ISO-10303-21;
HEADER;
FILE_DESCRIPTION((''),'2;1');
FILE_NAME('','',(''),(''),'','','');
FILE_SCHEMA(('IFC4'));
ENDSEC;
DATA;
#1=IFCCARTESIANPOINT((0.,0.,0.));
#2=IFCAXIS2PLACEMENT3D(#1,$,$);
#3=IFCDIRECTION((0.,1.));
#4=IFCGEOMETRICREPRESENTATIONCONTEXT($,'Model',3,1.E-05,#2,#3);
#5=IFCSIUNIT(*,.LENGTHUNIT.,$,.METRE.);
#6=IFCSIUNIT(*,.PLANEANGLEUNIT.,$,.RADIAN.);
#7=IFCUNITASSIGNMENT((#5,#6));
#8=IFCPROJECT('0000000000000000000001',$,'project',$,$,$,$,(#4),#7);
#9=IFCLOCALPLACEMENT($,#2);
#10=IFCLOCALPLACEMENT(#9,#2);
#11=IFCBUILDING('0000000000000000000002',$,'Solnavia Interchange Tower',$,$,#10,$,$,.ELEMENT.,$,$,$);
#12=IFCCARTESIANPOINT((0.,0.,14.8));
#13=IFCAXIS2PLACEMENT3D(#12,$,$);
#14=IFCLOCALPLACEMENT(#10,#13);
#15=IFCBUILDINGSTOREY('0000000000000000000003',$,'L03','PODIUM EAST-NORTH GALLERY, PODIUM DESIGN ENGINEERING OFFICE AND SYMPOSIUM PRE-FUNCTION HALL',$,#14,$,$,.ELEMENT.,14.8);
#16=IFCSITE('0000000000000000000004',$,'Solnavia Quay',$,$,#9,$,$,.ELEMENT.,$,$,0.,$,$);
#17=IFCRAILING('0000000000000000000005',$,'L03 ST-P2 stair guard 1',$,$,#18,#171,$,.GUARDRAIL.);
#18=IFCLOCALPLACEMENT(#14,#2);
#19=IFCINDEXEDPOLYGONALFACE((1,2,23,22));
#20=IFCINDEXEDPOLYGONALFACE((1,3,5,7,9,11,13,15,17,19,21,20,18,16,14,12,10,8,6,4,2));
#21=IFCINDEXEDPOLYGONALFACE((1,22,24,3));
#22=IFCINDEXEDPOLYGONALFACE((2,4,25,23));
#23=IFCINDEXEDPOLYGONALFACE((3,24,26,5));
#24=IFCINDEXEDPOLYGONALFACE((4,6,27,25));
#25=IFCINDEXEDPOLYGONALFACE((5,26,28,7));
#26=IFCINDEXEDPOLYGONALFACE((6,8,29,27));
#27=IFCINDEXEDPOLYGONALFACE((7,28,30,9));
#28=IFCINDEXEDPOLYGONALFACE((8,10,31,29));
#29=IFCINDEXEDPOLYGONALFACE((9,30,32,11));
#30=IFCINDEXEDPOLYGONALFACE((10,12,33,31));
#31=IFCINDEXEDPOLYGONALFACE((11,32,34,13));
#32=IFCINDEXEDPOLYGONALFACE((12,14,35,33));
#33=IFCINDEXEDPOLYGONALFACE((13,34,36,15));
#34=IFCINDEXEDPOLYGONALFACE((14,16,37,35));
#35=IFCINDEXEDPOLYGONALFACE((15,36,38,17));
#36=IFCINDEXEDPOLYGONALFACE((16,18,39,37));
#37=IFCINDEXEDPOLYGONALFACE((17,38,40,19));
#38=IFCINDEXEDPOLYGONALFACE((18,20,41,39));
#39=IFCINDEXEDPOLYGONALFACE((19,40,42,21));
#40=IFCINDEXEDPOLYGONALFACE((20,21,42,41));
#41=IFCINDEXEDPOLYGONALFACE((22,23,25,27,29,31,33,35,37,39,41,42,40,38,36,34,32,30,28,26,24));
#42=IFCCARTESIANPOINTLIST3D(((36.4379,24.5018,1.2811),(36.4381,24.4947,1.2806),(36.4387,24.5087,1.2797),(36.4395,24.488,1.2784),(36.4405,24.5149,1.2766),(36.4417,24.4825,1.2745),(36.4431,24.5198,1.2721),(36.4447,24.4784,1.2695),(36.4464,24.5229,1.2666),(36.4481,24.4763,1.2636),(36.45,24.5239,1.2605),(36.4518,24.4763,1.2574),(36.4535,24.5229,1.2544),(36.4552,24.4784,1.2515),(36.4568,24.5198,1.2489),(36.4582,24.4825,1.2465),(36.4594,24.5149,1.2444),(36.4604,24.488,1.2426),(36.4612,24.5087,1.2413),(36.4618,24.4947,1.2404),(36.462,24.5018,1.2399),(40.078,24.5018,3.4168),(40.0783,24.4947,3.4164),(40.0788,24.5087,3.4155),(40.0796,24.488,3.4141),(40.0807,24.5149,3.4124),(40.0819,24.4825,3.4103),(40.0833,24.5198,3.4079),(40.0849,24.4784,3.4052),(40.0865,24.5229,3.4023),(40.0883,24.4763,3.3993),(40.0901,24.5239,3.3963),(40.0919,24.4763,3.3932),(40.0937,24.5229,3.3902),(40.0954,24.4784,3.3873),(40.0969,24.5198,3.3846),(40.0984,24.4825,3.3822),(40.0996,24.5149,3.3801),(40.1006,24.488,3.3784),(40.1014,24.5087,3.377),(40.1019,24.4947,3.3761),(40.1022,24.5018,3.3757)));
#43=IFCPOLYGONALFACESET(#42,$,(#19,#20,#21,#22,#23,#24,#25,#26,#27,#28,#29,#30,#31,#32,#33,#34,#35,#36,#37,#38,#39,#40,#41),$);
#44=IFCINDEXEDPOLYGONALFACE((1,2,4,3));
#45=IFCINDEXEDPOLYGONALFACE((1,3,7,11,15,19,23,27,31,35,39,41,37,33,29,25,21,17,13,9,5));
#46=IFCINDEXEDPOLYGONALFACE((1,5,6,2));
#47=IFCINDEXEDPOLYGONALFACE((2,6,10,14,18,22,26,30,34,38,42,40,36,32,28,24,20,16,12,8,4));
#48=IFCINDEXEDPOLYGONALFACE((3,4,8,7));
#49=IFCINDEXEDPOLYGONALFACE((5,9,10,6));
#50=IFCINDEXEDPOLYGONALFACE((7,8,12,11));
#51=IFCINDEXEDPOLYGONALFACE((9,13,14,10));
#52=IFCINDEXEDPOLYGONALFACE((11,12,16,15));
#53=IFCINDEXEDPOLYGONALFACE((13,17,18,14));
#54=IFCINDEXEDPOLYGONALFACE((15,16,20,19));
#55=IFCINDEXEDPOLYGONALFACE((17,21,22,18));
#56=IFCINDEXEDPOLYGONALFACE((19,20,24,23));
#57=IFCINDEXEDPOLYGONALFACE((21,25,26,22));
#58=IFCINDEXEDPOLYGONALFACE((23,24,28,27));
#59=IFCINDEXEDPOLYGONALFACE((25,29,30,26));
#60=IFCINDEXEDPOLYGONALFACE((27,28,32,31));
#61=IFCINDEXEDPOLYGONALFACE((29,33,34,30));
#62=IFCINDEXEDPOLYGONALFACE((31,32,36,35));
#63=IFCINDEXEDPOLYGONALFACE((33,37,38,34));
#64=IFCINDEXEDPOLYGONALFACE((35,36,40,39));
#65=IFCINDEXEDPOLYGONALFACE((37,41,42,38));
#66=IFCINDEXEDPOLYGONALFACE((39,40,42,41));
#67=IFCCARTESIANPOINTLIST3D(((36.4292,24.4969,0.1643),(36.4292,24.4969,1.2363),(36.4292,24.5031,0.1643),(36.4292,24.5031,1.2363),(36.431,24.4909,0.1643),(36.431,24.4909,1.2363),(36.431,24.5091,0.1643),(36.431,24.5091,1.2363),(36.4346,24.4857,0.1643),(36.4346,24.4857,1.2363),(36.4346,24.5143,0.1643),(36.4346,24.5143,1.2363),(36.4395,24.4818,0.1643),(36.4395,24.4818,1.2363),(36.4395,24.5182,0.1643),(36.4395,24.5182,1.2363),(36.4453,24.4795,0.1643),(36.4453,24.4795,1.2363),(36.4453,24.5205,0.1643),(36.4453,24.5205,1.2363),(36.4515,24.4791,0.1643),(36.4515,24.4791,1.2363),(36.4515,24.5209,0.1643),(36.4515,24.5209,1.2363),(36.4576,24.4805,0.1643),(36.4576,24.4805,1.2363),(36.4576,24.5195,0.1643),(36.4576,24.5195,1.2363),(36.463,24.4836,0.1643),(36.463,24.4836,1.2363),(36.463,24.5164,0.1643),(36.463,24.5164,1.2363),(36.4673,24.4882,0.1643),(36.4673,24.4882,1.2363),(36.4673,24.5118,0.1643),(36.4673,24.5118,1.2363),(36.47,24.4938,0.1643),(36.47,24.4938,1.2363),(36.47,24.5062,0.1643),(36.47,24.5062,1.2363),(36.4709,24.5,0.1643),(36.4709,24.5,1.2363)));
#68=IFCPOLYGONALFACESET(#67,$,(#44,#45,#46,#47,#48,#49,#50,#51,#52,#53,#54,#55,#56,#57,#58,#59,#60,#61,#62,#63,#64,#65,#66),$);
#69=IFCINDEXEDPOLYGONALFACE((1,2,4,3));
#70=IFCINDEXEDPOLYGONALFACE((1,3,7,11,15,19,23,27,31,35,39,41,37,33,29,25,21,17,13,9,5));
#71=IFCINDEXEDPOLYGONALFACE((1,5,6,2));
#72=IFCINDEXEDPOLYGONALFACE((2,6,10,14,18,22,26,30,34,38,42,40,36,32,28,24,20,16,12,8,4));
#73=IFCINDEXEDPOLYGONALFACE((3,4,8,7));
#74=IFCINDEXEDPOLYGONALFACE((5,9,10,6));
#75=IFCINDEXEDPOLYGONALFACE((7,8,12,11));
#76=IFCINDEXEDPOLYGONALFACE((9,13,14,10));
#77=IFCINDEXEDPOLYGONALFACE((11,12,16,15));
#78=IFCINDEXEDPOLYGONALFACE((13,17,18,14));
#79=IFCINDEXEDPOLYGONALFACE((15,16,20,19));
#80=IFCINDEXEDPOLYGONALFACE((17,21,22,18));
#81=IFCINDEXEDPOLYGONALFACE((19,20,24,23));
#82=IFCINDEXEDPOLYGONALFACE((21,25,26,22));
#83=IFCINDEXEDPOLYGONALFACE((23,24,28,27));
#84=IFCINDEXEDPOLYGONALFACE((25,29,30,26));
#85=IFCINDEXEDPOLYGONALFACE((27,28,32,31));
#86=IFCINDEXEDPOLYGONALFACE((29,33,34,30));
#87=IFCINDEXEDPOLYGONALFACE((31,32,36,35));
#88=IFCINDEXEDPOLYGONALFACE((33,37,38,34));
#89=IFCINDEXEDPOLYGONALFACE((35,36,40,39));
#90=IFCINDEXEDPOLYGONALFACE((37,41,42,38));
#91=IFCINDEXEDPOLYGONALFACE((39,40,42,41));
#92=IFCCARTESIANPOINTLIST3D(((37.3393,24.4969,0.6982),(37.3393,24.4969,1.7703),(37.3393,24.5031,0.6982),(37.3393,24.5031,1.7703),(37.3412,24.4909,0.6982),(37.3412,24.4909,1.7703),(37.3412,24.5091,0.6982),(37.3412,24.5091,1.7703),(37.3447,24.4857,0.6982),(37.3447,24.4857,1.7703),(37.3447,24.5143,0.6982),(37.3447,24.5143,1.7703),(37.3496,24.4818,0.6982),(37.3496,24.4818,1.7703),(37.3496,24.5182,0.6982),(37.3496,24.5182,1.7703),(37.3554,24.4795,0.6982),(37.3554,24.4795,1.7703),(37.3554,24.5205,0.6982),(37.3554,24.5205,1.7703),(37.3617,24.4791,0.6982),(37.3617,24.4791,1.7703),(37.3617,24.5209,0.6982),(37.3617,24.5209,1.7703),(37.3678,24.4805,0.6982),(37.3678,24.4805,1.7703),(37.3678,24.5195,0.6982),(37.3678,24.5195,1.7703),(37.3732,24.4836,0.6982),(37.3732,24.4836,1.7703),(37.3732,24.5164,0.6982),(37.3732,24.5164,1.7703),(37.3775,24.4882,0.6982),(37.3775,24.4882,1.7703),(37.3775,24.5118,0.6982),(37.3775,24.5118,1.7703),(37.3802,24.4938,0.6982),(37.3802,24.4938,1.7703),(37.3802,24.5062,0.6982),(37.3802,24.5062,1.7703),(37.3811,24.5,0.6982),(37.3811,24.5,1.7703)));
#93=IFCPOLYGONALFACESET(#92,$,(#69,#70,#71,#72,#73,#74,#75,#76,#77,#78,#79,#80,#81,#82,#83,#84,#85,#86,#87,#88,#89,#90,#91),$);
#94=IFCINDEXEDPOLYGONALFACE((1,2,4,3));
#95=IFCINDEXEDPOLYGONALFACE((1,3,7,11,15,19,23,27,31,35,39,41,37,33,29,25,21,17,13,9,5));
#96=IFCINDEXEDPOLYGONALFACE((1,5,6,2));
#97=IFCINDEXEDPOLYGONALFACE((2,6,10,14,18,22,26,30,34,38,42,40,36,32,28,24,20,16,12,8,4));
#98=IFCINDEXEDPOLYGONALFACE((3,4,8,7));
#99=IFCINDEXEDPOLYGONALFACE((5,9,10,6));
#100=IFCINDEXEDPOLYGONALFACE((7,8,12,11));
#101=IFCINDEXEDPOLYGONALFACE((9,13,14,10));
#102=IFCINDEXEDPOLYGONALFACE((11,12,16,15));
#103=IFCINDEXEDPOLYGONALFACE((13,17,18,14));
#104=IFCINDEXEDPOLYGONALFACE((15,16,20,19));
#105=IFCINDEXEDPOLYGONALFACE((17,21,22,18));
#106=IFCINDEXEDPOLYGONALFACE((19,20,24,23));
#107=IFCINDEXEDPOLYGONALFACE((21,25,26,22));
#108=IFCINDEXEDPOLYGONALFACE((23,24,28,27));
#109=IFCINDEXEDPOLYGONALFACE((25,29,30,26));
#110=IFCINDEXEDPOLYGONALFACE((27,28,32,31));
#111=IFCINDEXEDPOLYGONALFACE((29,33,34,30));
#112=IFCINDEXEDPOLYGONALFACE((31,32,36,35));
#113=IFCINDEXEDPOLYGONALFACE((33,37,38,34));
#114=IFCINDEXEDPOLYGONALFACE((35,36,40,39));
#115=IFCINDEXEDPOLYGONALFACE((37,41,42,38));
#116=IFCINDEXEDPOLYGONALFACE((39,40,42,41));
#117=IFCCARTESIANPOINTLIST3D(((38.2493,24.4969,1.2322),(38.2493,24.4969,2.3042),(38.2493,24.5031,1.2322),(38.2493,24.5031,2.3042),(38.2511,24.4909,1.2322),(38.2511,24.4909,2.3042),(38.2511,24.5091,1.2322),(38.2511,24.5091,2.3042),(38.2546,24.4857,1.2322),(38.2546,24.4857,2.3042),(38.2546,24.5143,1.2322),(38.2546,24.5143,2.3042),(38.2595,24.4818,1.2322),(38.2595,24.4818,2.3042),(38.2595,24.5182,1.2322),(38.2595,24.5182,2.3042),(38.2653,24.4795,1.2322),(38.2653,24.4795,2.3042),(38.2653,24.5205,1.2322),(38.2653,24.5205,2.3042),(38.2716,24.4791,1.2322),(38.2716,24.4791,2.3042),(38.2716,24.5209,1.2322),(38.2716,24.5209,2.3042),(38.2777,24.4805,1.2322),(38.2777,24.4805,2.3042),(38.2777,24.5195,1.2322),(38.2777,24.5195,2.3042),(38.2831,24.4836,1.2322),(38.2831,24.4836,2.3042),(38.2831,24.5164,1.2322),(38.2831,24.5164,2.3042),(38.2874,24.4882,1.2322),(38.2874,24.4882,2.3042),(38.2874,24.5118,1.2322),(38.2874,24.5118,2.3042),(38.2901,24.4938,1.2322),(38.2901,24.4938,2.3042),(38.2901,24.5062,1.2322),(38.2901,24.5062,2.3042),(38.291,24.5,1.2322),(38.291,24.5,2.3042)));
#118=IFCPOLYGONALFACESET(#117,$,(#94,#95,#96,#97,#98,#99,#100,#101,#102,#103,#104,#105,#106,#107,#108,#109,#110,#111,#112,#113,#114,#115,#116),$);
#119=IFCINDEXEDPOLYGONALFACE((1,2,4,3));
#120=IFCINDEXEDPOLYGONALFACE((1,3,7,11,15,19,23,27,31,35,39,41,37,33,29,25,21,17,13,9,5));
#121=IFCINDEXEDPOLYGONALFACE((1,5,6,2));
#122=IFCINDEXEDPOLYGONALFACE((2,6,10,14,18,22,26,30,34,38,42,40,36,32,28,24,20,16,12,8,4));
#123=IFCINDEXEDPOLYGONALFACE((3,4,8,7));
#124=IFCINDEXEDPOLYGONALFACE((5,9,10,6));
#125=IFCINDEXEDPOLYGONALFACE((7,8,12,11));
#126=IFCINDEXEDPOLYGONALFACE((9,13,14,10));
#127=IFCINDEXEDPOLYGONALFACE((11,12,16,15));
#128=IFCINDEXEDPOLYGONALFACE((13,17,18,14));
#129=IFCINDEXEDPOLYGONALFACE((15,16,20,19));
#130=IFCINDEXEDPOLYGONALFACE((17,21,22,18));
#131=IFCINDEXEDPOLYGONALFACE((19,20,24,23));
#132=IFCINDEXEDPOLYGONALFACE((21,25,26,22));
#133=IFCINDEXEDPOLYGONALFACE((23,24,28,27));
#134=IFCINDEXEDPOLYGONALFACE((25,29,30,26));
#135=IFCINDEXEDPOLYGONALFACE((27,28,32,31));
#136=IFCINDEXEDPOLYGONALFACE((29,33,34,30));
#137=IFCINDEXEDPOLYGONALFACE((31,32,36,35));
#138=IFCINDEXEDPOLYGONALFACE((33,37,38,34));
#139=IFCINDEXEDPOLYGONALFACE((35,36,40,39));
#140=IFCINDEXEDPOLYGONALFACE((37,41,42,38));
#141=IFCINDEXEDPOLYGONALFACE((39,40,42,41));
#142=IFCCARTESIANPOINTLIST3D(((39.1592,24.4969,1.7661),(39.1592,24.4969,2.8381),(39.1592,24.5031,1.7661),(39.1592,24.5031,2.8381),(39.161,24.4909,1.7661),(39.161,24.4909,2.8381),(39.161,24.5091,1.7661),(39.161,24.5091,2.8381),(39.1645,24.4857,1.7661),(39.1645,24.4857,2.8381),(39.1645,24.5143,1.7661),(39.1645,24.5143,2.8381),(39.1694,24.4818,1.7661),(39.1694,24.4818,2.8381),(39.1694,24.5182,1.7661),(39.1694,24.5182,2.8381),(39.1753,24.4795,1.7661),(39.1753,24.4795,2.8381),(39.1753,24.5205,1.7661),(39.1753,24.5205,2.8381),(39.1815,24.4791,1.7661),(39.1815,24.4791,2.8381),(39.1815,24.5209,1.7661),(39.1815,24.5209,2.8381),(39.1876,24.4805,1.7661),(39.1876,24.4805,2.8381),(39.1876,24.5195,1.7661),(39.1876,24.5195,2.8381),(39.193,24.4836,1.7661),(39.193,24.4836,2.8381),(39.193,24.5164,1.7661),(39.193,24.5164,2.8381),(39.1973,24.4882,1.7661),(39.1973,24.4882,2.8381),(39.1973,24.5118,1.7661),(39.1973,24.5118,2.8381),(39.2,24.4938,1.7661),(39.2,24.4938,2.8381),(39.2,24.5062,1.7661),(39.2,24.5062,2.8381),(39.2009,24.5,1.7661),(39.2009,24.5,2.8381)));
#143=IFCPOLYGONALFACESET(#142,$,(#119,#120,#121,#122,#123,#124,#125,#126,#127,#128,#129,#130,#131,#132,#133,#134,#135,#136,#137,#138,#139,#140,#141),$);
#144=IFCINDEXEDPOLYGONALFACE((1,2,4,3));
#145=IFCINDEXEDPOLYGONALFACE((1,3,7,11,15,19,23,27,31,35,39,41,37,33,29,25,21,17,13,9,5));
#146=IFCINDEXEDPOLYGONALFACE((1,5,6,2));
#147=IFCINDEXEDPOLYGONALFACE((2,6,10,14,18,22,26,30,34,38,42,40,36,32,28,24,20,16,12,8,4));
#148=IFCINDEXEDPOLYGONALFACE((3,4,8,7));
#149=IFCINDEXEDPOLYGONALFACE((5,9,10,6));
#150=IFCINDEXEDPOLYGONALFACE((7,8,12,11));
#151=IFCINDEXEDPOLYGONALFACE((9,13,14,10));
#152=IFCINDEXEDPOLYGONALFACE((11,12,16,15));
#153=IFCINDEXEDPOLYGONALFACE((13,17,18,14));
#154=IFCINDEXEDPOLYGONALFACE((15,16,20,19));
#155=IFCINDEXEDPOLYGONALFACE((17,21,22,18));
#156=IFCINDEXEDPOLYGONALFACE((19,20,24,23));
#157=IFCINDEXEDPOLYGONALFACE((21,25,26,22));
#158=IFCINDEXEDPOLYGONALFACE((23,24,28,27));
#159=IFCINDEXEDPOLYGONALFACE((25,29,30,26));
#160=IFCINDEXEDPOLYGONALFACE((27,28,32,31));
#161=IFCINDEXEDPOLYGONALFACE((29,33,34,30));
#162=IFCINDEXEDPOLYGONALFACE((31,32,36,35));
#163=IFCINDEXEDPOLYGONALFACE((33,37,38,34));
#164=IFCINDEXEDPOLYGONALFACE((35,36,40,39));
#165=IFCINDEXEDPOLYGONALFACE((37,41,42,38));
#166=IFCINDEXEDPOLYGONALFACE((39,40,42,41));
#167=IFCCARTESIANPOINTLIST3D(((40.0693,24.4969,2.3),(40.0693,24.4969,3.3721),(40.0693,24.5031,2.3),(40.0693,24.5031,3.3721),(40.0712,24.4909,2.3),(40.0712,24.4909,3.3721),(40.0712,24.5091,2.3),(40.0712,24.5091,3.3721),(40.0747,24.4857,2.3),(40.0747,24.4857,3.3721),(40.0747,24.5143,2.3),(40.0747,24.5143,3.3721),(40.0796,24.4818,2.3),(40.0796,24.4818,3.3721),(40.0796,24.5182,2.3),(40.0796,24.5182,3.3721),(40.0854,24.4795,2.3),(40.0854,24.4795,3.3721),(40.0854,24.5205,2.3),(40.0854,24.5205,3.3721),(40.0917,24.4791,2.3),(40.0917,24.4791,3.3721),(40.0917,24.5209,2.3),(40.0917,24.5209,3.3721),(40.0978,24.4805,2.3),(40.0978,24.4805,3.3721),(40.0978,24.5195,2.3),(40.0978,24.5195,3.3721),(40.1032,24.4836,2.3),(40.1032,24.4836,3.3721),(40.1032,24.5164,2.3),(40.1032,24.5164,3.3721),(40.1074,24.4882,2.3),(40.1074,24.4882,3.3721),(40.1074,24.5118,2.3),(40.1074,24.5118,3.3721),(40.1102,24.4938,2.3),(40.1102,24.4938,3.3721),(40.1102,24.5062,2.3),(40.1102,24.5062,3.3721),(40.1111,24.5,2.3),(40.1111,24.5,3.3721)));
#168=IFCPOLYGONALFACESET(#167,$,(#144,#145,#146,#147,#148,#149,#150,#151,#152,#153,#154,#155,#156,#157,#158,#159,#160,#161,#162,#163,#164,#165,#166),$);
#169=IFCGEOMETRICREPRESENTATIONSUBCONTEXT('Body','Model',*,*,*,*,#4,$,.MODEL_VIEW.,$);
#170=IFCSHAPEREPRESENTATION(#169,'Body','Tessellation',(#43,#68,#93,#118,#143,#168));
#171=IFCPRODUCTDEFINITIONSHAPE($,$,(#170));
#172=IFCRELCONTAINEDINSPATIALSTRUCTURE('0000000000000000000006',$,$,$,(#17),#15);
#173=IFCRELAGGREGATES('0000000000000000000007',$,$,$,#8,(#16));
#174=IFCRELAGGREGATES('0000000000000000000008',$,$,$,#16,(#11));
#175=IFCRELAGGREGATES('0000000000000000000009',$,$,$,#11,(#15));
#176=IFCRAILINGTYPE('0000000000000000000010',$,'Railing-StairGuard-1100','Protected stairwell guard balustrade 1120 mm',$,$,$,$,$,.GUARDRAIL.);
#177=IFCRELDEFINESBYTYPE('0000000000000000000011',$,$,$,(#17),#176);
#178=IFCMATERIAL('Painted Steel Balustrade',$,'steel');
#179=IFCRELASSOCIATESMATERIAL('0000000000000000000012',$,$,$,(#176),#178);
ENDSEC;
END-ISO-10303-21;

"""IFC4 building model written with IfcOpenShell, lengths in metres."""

from ifc_helpers import new_model, si_unit, direction, frame, origin, origin_2d, place, context, subcontext, project, spatial, circle, extrude, material, type_object, element, save


model = new_model("IFC4")

# Units and contexts
model_context = context("Model", 3, precision=1e-05, world=origin(), true_north=direction((0.0, 1.0)))
body_context = subcontext(model_context, "Body", "Model", "MODEL_VIEW")
ifc_project = project(units=[si_unit("LENGTHUNIT", "METRE"), si_unit("PLANEANGLEUNIT", "RADIAN")], contexts=[model_context])

# Site, building, storey
site_placement = place(None, origin())
site = spatial("IfcSite", under=ifc_project, at=site_placement, Name="Solnavia Quay", CompositionType="ELEMENT", RefElevation=0.0)
building_placement = place(site_placement, origin())
building = spatial("IfcBuilding", under=site, at=building_placement, Name="Solnavia Interchange Tower", CompositionType="ELEMENT")
storey_placement = place(building_placement, frame((0.0, 0.0, 14.8)))
storey = spatial("IfcBuildingStorey", under=building, at=storey_placement, Name="L03", Description="PODIUM EAST-NORTH GALLERY, PODIUM DESIGN ENGINEERING OFFICE AND SYMPOSIUM PRE-FUNCTION HALL", CompositionType="ELEMENT", Elevation=14.8)

# Railing
ifc_material_1 = material(Name="Painted Steel Balustrade", Category="steel")
railing_type_1 = type_object("IfcRailingType", Name="Railing-StairGuard-1100", Description="Protected stairwell guard balustrade 1120 mm", PredefinedType="GUARDRAIL", material=ifc_material_1)
railing_1_placement = place(storey_placement, frame((36.45, 24.5, 0.1643)))
element("IfcRailing", 1, at=railing_1_placement, inside=storey, type_object=railing_type_1, Name="L03 ST-P2 stair guard 1", PredefinedType="GUARDRAIL", context=body_context, shape_type="SweptSolid", body=[
    extrude(circle(Radius=0.0239, at=origin_2d()), frame((0.0, 0.0, 1.0962), z_axis=(0.862505, 0.0, 0.506049), x_axis=(0.0, 1.0, 0.0)), (0.0, 0.0, 1.0), 4.2205),
    extrude(circle(Radius=0.021, at=origin_2d()), origin(), (0.0, 0.0, 1.0), 1.072),
    extrude(circle(Radius=0.021, at=origin_2d()), frame((0.9102, 0.0, 0.5339)), (0.0, 0.0, 1.0), 1.072),
    extrude(circle(Radius=0.021, at=origin_2d()), frame((1.8201, 0.0, 1.0679)), (0.0, 0.0, 1.0), 1.072),
    extrude(circle(Radius=0.021, at=origin_2d()), frame((2.73, 0.0, 1.6018)), (0.0, 0.0, 1.0), 1.072),
    extrude(circle(Radius=0.021, at=origin_2d()), frame((3.6401, 0.0, 2.1357)), (0.0, 0.0, 1.0), 1.072),
])

save(model, "model.ifc")
